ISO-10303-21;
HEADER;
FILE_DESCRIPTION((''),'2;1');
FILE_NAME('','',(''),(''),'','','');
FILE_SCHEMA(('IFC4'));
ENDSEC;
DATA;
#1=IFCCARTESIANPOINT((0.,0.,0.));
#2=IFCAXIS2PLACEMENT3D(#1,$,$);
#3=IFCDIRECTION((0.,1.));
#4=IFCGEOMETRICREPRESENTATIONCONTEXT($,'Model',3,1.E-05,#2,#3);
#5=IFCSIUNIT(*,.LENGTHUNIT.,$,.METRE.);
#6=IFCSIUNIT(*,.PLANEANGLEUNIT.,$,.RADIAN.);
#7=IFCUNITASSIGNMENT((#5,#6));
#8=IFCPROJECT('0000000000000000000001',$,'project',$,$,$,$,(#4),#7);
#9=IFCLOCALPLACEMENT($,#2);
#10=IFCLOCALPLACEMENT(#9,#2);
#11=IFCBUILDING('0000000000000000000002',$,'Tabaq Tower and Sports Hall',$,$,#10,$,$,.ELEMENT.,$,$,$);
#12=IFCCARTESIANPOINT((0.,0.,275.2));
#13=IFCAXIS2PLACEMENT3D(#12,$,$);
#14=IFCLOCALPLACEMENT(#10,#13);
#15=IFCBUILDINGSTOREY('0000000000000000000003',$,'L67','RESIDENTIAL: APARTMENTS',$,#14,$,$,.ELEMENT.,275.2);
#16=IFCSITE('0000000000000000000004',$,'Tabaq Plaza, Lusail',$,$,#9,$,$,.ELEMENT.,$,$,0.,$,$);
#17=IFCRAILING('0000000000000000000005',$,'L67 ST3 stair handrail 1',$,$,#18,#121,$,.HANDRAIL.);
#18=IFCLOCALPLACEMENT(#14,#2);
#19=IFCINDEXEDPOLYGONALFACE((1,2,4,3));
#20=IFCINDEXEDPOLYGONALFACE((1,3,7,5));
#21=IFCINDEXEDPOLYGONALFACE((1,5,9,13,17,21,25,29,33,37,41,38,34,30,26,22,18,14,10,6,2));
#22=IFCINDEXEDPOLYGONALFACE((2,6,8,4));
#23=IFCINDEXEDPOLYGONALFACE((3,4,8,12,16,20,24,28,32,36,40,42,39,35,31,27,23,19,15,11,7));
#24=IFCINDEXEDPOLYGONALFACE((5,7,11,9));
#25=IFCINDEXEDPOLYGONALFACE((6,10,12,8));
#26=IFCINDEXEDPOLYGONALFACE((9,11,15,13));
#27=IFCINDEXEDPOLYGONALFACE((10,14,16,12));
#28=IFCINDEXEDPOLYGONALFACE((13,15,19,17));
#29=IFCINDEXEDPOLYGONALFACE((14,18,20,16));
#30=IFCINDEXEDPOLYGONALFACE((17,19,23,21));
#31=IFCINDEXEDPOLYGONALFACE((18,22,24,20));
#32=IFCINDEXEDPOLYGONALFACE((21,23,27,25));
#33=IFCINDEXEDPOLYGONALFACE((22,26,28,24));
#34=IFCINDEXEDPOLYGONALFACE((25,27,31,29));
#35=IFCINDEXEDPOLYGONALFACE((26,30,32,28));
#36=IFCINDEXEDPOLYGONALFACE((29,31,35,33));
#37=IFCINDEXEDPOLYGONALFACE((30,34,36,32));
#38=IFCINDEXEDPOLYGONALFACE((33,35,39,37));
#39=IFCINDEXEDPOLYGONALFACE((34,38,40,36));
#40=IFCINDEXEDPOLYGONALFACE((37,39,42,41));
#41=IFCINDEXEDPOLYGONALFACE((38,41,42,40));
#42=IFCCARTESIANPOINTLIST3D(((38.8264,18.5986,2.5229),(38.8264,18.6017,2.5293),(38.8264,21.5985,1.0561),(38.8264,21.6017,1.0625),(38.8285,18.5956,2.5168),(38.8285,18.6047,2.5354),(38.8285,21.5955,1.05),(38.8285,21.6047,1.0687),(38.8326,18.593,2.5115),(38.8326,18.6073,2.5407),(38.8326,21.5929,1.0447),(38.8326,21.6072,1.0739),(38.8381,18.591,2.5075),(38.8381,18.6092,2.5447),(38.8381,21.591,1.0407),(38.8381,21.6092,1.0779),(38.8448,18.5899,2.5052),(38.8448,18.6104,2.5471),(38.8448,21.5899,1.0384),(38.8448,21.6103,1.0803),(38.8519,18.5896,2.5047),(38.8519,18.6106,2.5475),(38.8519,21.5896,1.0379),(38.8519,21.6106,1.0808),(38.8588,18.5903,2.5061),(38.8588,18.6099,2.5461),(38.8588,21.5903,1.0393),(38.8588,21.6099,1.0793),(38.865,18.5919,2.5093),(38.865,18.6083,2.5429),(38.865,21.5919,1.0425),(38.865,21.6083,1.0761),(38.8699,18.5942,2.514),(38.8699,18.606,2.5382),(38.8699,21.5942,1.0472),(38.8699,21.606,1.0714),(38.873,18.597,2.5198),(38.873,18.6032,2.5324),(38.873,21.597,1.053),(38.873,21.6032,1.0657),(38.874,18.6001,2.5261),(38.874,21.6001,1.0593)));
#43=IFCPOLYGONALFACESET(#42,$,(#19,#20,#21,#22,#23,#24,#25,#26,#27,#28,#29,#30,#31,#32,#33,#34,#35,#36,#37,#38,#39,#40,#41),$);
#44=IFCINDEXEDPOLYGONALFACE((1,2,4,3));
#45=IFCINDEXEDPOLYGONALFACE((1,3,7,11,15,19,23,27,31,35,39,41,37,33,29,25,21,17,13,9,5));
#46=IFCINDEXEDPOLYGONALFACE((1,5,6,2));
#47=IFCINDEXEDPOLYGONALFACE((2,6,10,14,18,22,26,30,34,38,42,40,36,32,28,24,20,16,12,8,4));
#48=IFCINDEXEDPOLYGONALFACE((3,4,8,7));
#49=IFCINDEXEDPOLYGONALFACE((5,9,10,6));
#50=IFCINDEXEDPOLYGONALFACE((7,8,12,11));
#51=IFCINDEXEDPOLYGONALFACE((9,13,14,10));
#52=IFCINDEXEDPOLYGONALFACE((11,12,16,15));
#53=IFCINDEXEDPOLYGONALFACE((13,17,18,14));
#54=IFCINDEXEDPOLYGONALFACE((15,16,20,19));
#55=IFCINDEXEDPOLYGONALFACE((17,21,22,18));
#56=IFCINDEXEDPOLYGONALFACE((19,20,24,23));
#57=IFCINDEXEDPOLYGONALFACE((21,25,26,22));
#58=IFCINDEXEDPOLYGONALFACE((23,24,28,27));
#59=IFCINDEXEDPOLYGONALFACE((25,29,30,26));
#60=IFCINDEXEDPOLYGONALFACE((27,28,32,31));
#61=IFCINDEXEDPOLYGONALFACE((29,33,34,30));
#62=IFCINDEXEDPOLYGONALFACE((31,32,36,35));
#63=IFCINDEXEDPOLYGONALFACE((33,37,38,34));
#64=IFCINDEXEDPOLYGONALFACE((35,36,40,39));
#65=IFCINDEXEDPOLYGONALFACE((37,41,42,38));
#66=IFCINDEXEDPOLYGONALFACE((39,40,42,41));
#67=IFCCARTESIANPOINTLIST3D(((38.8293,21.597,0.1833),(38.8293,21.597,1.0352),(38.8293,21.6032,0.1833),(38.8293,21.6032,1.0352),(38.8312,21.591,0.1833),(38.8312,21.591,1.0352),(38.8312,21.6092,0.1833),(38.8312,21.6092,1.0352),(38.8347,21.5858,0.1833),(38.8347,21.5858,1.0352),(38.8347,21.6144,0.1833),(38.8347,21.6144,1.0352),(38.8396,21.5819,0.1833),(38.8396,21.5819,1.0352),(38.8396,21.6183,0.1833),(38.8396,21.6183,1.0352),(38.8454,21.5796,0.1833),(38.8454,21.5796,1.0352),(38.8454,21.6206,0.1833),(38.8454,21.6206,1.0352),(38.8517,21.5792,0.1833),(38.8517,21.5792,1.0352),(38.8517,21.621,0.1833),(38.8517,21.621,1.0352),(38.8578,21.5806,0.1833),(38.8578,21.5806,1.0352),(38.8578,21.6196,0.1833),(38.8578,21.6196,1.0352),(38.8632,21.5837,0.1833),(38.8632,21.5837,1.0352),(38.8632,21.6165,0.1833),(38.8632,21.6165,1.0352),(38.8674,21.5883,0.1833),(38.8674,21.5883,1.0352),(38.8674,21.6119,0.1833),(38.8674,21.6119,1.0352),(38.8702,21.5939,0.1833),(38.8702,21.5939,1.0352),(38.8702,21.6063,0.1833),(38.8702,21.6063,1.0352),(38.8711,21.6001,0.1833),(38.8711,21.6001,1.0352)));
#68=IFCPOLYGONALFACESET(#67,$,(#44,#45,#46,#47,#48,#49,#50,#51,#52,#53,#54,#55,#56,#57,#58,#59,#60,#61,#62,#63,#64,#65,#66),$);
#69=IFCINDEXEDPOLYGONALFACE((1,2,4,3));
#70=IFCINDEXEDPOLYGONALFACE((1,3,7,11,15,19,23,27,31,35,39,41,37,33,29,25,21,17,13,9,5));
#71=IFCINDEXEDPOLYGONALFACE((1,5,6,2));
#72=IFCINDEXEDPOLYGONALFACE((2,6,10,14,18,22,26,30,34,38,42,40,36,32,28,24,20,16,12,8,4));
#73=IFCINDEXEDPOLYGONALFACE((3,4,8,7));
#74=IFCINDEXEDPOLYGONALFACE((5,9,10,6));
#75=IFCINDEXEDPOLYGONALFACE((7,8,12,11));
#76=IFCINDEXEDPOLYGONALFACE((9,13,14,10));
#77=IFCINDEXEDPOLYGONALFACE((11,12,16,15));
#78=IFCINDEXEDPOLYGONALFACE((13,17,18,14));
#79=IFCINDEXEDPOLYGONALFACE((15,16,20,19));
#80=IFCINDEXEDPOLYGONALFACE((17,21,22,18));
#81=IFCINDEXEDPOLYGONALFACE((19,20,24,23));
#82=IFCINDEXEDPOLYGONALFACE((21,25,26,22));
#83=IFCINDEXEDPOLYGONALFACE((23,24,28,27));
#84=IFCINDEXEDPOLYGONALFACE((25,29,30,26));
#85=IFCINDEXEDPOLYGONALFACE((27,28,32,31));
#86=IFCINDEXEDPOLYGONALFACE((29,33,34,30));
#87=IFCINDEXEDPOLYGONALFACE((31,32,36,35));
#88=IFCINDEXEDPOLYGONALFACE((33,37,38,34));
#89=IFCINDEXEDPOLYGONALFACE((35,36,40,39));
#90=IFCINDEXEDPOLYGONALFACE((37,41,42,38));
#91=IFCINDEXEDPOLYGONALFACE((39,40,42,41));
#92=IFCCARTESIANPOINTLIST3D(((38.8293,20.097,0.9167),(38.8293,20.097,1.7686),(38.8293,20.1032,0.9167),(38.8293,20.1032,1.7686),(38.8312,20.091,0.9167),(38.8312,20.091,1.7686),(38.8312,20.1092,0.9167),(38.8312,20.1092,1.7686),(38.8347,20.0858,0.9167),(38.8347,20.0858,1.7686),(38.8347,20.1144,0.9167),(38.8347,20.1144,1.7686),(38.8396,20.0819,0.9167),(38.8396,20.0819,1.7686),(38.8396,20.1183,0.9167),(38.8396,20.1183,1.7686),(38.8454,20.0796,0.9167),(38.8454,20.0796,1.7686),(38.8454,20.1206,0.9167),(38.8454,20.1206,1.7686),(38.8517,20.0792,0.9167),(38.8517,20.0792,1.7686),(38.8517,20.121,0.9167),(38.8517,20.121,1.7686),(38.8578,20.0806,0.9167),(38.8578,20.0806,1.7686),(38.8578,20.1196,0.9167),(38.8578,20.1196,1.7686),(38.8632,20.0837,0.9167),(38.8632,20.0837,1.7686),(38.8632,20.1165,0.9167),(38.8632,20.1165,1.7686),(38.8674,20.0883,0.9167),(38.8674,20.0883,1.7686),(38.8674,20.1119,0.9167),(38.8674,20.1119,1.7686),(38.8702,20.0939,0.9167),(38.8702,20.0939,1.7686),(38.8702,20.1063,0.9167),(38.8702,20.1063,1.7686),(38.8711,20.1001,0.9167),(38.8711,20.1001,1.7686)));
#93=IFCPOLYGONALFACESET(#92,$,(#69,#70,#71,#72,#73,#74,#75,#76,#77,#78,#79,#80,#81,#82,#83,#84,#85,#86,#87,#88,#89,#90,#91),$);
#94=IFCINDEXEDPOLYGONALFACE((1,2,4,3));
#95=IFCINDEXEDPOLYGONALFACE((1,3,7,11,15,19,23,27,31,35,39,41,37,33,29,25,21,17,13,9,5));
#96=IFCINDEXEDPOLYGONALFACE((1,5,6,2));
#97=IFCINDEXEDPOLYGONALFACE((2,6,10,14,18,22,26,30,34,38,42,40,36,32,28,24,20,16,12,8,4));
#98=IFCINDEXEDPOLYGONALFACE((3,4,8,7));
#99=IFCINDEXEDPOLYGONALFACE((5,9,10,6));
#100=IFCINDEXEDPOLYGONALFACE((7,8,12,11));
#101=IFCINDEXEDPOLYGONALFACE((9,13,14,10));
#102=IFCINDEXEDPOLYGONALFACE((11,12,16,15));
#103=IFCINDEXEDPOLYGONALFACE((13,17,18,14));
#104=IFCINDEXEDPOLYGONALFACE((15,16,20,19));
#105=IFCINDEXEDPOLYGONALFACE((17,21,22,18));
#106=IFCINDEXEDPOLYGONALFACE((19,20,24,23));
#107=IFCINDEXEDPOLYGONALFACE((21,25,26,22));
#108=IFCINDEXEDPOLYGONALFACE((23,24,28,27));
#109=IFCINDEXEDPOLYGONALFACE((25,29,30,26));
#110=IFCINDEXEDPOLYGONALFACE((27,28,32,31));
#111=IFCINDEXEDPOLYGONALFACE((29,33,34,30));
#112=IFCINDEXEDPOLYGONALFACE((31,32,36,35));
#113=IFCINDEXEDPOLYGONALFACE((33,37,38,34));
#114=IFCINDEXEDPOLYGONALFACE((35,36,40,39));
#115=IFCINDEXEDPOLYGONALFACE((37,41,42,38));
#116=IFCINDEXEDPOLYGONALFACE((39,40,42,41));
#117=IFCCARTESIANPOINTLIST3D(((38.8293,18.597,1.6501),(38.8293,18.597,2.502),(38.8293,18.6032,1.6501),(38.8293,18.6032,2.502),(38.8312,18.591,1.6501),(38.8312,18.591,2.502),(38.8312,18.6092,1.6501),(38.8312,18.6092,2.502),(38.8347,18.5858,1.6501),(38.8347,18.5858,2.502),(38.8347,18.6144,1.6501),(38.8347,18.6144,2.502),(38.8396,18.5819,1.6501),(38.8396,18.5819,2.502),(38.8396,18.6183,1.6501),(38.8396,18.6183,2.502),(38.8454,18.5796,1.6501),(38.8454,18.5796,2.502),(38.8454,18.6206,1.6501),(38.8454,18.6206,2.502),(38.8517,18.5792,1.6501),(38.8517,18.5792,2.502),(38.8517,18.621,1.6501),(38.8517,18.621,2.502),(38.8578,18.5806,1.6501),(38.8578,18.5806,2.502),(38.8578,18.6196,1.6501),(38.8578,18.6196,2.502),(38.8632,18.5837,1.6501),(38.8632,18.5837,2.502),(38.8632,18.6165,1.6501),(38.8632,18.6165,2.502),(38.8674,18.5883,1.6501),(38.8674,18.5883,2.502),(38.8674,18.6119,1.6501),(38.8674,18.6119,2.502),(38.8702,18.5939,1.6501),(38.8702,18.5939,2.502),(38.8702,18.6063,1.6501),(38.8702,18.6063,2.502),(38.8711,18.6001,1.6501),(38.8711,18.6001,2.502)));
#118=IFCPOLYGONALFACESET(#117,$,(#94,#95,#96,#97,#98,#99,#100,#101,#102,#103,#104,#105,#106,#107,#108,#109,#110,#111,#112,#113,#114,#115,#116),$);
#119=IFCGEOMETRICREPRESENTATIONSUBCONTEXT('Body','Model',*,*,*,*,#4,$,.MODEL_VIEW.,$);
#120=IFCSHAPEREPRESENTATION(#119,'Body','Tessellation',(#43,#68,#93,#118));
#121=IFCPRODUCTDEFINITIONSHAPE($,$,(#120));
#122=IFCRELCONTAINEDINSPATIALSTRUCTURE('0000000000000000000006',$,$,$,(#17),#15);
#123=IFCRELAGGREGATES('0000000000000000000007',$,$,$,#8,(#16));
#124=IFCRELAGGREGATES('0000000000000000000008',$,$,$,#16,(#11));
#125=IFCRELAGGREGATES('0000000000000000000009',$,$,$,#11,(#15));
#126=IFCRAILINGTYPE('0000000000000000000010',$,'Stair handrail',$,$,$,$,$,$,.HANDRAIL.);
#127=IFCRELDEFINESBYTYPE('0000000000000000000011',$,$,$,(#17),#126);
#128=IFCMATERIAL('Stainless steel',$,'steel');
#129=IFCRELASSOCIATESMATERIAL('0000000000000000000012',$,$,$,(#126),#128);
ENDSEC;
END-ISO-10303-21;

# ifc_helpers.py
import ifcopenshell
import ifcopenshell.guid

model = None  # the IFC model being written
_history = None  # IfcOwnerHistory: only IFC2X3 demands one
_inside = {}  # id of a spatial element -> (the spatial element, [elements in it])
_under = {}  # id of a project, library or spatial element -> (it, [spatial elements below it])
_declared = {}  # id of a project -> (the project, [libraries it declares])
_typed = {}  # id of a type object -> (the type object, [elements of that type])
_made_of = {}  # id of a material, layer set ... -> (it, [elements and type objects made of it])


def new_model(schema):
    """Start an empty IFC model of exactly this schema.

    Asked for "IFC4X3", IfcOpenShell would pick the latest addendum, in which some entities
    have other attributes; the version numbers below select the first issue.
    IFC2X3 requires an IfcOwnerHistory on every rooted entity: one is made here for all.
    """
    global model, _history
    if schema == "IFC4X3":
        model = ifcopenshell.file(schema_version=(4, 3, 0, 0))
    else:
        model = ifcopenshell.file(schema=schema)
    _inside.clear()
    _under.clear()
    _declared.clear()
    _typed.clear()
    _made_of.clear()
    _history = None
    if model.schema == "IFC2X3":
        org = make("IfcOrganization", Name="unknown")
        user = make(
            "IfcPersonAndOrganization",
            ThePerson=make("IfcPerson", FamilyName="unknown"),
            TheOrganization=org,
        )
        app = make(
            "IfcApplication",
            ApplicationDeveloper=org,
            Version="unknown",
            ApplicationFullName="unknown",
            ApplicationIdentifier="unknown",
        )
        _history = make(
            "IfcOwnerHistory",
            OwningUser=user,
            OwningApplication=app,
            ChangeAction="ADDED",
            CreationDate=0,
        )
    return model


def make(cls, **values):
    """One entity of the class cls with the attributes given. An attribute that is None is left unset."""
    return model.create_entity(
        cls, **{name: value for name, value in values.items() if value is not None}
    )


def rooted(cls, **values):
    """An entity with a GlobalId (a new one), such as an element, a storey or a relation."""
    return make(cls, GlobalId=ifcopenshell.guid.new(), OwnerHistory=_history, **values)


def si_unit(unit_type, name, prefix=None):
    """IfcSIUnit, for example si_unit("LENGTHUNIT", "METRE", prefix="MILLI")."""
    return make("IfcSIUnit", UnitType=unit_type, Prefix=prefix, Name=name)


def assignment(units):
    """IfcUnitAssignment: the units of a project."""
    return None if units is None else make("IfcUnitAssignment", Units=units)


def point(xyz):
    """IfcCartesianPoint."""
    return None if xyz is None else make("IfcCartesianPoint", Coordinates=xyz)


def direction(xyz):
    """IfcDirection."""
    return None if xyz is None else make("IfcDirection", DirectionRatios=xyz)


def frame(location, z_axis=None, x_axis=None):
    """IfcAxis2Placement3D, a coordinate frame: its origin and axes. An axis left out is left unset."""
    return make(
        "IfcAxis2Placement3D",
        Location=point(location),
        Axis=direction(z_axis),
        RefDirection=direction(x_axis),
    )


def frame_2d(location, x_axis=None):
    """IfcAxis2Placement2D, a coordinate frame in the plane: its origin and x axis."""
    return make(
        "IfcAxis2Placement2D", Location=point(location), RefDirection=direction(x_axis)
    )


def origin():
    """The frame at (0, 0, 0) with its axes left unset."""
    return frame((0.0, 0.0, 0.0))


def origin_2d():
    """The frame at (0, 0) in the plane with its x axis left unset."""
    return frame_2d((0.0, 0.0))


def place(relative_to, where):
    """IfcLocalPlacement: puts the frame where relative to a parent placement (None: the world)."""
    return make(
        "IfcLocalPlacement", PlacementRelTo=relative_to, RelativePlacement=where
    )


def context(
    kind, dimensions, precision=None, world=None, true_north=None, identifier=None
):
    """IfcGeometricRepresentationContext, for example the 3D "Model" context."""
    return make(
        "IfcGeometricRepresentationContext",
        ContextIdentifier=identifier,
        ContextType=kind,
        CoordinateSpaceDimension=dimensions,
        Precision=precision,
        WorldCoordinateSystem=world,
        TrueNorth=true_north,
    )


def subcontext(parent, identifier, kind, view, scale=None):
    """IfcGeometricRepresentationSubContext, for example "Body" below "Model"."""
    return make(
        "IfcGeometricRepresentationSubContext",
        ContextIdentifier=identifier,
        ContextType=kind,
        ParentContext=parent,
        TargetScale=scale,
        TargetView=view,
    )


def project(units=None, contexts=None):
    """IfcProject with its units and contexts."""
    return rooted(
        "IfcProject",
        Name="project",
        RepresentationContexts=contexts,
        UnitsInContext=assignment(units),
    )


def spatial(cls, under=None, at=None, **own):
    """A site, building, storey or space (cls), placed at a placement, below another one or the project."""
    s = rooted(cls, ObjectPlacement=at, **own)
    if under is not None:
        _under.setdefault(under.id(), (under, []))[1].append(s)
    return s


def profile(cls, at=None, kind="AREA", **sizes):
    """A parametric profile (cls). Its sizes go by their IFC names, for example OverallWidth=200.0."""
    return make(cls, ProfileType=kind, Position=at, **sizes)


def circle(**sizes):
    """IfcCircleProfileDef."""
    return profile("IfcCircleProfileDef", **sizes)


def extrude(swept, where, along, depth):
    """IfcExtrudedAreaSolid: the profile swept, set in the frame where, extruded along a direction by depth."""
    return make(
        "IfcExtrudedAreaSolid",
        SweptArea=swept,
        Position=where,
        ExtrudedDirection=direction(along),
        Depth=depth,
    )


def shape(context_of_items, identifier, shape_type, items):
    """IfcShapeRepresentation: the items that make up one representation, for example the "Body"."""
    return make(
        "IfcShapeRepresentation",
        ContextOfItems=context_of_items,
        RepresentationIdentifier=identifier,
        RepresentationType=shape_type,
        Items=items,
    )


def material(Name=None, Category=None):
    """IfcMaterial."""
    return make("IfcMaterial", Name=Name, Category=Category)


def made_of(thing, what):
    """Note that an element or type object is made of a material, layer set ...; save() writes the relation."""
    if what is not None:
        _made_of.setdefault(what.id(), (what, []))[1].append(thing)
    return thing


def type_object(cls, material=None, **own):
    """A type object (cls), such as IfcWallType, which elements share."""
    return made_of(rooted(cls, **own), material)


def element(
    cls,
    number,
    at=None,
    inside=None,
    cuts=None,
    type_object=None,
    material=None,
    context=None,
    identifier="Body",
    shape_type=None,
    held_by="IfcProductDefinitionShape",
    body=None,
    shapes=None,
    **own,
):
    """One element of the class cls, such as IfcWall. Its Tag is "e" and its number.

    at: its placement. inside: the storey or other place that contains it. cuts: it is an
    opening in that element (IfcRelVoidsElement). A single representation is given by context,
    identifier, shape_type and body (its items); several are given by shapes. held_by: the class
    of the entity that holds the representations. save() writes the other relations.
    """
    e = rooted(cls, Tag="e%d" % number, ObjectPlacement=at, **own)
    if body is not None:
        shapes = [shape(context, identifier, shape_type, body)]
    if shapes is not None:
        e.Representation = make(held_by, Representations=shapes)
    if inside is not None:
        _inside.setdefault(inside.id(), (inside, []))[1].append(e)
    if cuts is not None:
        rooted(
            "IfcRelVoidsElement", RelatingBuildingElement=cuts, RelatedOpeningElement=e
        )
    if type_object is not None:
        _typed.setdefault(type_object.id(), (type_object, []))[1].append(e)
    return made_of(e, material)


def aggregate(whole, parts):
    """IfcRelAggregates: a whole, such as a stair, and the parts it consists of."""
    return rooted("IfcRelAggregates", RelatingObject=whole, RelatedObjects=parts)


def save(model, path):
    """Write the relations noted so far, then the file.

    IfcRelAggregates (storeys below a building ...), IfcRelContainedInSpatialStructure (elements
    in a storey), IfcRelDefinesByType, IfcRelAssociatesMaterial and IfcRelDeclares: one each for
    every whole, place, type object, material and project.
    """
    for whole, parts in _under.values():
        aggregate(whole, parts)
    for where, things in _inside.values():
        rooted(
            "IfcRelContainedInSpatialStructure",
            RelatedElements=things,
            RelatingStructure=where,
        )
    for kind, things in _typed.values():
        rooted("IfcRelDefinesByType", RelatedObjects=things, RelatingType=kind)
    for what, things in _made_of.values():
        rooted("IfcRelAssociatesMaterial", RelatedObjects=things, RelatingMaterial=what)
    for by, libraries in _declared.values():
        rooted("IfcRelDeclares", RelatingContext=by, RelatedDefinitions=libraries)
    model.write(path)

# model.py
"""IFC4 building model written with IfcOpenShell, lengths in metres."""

from ifc_helpers import new_model, si_unit, direction, frame, origin, origin_2d, place, context, subcontext, project, spatial, circle, extrude, material, type_object, element, save


model = new_model("IFC4")

# Units and contexts
model_context = context("Model", 3, precision=1e-05, world=origin(), true_north=direction((0.0, 1.0)))
body_context = subcontext(model_context, "Body", "Model", "MODEL_VIEW")
ifc_project = project(units=[si_unit("LENGTHUNIT", "METRE"), si_unit("PLANEANGLEUNIT", "RADIAN")], contexts=[model_context])

# Site, building, storey
site_placement = place(None, origin())
site = spatial("IfcSite", under=ifc_project, at=site_placement, Name="Tabaq Plaza, Lusail", CompositionType="ELEMENT", RefElevation=0.0)
building_placement = place(site_placement, origin())
building = spatial("IfcBuilding", under=site, at=building_placement, Name="Tabaq Tower and Sports Hall", CompositionType="ELEMENT")
storey_placement = place(building_placement, frame((0.0, 0.0, 275.2)))
storey = spatial("IfcBuildingStorey", under=building, at=storey_placement, Name="L67", Description="RESIDENTIAL: APARTMENTS", CompositionType="ELEMENT", Elevation=275.2)

# Railing
ifc_material_1 = material(Name="Stainless steel", Category="steel")
railing_type_1 = type_object("IfcRailingType", Name="Stair handrail", PredefinedType="HANDRAIL", material=ifc_material_1)
railing_1_placement = place(storey_placement, frame((38.8501, 21.6001, 0.1833)))
element("IfcRailing", 1, at=railing_1_placement, inside=storey, type_object=railing_type_1, Name="L67 ST3 stair handrail 1", PredefinedType="HANDRAIL", context=body_context, shape_type="SweptSolid", body=[
    extrude(circle(Radius=0.0239, at=origin_2d()), frame((0.0, 0.0, 0.876), z_axis=(0.0, -0.898369, 0.439242), x_axis=(1.0, 0.0, 0.0)), (0.0, 0.0, 1.0), 3.3394),
    extrude(circle(Radius=0.021, at=origin_2d()), origin(), (0.0, 0.0, 1.0), 0.8518),
    extrude(circle(Radius=0.021, at=origin_2d()), frame((0.0, -1.5, 0.7334)), (0.0, 0.0, 1.0), 0.8518),
    extrude(circle(Radius=0.021, at=origin_2d()), frame((0.0, -3.0, 1.4668)), (0.0, 0.0, 1.0), 0.8518),
])

save(model, "model.ifc")
